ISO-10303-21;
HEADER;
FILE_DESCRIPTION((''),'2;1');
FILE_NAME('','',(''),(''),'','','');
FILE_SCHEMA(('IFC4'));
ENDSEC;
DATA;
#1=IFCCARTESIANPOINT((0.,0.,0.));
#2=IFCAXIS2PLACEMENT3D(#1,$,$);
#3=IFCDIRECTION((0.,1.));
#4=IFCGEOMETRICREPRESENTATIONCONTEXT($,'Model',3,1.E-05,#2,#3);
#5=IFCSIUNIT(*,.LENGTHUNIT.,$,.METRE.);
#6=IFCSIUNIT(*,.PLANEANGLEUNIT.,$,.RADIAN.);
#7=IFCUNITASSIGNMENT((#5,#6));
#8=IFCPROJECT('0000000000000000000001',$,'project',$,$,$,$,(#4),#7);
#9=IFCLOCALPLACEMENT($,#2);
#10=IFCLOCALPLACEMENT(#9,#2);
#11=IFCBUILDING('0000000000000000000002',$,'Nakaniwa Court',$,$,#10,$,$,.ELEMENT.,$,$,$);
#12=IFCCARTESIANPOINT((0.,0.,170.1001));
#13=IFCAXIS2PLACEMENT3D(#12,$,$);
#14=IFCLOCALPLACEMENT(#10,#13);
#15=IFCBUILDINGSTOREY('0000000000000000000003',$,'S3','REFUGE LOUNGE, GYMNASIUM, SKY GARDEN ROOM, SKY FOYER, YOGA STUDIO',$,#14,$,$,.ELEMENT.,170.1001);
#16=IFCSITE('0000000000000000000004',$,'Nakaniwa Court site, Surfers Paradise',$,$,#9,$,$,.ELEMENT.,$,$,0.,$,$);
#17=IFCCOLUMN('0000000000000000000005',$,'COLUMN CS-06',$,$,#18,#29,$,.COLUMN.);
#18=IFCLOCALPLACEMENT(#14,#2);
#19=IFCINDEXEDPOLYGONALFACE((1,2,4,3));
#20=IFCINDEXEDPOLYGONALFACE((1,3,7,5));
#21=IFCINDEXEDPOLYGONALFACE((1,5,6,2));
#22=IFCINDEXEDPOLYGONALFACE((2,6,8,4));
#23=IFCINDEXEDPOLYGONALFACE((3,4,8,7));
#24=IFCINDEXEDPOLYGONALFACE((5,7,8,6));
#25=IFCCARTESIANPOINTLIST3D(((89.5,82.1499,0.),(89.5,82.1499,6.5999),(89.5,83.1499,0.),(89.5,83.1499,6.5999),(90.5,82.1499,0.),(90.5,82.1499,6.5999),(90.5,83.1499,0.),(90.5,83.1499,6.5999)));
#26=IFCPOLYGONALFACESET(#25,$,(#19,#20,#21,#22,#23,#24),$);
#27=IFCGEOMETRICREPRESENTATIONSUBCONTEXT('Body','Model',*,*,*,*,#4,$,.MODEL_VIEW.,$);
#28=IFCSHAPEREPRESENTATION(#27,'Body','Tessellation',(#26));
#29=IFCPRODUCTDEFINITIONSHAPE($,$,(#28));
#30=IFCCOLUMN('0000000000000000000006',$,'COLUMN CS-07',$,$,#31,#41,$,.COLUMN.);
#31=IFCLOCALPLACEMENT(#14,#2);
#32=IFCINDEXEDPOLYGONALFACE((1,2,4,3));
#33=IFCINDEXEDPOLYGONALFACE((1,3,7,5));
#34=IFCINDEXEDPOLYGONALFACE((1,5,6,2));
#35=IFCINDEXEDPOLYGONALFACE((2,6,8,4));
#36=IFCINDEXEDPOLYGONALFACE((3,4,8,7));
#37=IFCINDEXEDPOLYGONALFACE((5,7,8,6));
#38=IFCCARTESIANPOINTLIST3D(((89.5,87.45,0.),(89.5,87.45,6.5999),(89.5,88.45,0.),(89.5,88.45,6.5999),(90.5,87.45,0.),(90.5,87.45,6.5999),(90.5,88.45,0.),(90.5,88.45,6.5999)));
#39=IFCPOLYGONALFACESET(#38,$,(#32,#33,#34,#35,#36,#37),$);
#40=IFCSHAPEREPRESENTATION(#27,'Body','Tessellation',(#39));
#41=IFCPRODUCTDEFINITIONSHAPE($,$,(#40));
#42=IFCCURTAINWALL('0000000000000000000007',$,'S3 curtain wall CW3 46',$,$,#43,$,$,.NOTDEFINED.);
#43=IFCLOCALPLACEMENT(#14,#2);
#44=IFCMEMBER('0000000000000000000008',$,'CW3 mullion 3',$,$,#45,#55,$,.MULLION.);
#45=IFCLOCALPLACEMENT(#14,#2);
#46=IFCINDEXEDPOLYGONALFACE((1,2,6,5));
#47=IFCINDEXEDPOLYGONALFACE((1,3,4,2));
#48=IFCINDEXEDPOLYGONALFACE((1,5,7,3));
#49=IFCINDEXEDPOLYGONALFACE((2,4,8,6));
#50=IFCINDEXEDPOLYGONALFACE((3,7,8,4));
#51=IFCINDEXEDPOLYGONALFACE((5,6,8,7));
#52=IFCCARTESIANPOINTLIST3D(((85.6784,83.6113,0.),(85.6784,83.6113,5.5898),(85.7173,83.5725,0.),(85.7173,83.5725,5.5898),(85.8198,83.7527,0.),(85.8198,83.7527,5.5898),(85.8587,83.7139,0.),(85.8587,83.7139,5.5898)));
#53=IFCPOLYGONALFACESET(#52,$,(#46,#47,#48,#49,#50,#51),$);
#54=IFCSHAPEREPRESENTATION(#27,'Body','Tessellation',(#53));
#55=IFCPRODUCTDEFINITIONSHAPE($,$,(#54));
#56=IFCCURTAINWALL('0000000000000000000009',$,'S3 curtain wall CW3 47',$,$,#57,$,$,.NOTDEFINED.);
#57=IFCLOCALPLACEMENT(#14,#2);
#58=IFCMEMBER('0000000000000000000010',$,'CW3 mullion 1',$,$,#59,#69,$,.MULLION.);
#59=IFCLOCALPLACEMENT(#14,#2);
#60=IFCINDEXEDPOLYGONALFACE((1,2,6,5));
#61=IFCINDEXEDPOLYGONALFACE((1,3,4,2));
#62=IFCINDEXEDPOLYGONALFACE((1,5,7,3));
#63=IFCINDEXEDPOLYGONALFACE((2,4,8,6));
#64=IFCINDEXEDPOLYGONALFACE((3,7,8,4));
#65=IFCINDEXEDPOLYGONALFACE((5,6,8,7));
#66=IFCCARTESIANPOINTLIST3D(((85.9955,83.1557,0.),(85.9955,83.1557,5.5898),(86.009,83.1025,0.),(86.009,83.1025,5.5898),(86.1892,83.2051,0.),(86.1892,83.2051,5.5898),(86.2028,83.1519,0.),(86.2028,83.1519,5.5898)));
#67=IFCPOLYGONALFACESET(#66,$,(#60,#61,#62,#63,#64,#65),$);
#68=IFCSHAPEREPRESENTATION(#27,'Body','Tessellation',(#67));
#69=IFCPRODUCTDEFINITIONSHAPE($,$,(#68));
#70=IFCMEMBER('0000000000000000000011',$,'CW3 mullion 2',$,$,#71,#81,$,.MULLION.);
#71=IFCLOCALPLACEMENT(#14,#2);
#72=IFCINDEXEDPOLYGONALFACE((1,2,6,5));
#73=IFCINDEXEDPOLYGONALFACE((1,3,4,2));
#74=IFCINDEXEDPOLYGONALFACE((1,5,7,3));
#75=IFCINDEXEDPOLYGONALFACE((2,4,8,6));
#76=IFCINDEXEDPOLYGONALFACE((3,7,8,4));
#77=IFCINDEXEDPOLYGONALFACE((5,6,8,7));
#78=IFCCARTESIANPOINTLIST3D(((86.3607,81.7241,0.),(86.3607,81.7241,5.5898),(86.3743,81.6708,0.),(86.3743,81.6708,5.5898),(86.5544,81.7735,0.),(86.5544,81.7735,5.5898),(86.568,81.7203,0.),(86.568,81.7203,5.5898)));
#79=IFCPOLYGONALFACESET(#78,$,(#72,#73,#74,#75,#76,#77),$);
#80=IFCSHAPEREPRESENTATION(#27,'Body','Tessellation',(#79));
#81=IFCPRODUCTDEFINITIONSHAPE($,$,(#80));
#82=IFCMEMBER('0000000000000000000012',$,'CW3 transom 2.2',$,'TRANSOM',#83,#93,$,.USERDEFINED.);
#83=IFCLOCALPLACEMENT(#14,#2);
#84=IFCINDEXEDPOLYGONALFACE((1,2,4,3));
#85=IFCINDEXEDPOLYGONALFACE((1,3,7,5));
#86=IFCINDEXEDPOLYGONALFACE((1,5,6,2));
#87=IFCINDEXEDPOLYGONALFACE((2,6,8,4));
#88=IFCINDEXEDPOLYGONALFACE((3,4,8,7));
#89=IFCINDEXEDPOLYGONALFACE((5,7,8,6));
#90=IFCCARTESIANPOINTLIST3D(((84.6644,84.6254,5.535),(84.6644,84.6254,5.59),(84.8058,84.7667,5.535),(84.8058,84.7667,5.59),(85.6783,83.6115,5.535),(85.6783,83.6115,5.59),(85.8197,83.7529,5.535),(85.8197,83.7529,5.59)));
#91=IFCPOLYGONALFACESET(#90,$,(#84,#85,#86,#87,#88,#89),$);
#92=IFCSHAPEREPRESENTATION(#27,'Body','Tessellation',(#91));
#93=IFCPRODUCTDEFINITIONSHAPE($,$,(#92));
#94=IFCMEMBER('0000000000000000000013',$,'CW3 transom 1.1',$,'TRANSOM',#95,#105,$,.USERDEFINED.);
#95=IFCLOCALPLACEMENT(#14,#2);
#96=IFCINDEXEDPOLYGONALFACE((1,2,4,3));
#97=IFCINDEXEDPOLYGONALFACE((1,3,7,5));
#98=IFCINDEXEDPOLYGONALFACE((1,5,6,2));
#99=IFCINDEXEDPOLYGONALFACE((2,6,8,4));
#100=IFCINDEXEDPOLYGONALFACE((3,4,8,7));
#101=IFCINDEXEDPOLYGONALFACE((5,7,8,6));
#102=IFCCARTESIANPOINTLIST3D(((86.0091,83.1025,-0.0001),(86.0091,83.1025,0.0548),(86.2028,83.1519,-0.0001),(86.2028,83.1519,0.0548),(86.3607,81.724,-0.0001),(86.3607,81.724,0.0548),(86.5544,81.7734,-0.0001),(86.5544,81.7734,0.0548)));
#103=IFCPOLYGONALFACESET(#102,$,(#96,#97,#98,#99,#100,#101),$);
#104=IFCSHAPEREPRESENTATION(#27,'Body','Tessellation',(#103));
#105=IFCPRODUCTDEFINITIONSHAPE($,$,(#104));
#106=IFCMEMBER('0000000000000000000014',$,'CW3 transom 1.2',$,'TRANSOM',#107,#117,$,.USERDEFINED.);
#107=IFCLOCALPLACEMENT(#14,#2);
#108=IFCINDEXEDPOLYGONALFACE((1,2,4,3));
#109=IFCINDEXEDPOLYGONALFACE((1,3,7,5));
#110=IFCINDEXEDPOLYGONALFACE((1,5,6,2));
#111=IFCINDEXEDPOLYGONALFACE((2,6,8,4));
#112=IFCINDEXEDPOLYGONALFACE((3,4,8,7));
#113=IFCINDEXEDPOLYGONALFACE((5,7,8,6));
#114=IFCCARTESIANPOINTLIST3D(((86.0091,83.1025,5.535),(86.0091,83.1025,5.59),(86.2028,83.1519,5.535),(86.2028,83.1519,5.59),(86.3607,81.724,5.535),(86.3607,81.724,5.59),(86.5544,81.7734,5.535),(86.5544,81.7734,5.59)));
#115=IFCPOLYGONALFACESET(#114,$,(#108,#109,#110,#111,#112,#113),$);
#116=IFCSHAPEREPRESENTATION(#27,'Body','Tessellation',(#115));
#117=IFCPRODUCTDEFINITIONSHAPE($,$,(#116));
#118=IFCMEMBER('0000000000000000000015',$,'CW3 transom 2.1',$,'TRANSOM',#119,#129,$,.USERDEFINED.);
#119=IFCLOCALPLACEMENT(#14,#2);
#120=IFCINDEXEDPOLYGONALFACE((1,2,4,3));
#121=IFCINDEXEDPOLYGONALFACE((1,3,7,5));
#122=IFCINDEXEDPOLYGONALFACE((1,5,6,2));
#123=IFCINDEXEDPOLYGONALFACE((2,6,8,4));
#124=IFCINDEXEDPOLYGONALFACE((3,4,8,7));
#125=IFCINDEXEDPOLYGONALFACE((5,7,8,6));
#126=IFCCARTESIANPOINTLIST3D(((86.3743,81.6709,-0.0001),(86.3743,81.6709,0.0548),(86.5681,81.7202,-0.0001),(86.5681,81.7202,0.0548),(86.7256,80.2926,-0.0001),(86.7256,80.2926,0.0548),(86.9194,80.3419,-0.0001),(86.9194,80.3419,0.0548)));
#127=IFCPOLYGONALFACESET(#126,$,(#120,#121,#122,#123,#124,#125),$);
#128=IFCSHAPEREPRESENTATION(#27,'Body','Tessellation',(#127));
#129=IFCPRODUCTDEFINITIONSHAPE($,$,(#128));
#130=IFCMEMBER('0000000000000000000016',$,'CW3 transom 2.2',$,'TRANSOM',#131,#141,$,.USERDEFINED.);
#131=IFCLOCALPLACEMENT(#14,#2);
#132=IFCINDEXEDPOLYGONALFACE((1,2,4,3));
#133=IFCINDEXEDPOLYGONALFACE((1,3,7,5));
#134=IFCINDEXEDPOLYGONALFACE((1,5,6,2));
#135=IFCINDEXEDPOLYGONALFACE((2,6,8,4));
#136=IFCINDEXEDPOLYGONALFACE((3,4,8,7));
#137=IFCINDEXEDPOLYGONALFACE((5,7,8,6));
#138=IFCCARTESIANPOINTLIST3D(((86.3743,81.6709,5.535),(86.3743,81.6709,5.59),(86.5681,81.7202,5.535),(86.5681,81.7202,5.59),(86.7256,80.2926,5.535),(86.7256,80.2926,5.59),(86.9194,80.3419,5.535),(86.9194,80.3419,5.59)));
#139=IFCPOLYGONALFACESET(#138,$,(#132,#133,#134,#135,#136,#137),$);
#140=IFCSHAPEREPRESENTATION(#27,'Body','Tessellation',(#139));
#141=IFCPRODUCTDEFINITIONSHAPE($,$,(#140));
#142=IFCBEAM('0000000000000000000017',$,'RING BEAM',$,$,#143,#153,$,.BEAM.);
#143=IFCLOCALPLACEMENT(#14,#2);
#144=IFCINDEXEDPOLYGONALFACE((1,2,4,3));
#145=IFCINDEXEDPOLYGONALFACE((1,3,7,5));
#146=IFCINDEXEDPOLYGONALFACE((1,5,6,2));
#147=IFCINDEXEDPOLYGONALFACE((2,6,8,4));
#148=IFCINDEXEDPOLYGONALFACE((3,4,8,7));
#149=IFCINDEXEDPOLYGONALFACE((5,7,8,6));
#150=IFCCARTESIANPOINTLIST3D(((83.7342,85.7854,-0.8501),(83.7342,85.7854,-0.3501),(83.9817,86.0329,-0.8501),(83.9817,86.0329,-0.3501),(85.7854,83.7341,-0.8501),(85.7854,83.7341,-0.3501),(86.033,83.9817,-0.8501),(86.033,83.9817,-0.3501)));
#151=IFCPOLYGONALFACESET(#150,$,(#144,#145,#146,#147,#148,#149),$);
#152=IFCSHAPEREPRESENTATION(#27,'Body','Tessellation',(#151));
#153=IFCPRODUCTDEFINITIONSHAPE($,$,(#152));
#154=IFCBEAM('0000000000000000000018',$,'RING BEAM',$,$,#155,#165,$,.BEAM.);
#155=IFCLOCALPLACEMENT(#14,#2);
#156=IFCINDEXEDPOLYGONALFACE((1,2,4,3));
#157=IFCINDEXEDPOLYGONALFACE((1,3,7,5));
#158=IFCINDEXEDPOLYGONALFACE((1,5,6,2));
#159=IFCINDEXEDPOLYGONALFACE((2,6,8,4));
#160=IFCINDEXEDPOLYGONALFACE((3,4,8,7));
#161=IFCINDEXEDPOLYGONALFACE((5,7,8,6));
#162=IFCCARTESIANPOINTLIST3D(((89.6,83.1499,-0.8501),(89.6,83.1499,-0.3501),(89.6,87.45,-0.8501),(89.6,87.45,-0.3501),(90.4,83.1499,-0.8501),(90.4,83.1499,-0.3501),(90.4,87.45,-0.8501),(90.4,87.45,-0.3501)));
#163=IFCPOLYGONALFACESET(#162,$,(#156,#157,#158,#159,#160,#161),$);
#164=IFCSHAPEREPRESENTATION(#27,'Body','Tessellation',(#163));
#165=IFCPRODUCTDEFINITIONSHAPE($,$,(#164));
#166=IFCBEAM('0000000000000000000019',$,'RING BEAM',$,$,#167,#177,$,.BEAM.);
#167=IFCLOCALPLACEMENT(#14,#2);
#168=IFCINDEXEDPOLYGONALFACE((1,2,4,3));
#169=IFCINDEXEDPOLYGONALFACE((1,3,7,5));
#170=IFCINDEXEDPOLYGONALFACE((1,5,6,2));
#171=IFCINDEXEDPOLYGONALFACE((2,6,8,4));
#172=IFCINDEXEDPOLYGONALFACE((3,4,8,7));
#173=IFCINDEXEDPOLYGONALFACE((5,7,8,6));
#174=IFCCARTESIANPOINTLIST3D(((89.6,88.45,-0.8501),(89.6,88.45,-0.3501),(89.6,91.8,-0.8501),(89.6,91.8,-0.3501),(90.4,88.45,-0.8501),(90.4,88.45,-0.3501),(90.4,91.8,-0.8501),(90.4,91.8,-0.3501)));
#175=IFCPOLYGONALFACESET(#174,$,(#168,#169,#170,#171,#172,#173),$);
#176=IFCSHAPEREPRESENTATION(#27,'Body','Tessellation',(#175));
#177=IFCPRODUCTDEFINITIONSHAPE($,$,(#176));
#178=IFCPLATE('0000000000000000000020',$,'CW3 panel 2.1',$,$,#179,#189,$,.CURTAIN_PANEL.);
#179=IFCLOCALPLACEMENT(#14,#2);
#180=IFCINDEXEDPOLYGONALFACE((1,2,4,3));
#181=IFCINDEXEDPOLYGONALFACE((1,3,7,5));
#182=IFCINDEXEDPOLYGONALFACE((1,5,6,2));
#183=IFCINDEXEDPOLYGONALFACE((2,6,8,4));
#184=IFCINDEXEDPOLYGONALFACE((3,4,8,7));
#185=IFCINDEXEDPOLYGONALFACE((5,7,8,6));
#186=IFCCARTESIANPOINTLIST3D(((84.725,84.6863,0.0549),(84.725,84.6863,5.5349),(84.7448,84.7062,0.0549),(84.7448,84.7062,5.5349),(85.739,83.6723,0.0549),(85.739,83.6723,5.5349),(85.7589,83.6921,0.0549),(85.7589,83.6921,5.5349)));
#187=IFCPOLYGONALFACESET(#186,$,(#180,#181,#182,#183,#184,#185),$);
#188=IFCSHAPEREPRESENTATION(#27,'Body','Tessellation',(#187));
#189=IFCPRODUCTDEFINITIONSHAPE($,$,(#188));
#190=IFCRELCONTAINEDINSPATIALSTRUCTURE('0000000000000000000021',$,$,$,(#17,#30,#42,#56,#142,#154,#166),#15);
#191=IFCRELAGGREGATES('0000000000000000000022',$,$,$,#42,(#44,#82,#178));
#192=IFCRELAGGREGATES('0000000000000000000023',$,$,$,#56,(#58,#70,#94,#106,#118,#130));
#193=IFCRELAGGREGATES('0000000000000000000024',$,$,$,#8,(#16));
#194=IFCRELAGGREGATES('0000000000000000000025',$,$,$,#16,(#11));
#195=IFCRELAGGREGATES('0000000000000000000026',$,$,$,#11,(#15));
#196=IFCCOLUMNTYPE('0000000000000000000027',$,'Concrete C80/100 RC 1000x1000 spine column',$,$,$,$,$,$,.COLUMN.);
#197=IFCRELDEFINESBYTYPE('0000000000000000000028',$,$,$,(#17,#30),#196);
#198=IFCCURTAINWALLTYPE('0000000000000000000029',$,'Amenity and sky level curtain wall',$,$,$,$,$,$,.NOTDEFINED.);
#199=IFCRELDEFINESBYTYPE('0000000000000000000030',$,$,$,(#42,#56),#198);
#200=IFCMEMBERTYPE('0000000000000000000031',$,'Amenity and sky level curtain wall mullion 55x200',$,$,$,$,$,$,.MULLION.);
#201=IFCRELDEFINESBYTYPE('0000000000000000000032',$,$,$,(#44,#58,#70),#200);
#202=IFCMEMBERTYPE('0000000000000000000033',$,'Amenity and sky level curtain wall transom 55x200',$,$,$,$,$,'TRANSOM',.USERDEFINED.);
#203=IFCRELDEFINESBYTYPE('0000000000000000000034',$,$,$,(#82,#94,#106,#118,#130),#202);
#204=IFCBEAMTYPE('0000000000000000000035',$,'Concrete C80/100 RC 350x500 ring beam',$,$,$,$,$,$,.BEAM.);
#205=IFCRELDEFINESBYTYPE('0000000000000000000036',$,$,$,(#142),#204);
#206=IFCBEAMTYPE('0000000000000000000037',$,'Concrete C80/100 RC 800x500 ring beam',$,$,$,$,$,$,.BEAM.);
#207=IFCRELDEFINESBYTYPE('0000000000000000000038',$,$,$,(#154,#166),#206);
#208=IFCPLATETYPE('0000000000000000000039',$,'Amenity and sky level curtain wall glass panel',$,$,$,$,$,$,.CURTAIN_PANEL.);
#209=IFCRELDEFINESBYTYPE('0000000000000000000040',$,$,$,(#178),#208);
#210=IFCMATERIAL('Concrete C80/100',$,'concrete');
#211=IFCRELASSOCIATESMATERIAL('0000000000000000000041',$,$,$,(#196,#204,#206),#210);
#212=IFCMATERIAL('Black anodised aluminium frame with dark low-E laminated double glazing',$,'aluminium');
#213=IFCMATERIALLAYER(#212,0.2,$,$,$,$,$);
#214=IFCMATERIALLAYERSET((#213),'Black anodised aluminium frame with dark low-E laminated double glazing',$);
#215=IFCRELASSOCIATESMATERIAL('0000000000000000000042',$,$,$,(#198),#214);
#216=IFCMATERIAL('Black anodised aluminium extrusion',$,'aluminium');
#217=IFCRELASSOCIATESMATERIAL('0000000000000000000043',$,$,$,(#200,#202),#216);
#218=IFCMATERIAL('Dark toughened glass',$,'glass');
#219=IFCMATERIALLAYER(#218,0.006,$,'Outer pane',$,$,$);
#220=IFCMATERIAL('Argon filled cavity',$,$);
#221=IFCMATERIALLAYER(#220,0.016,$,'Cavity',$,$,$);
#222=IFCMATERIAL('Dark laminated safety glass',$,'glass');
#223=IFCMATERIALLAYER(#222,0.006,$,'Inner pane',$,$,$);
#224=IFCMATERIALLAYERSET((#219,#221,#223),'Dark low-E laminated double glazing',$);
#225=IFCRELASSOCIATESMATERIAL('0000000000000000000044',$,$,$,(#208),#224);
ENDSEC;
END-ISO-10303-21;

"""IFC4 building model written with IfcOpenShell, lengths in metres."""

from ifc_helpers import new_model, si_unit, direction, frame, origin, origin_2d, place, context, subcontext, project, spatial, rectangle, extrude, material, layer, layer_set, material_profile, profile_set, type_object, element, aggregate, save


model = new_model("IFC4")

# Units and contexts
model_context = context("Model", 3, precision=1e-05, world=origin(), true_north=direction((0.0, 1.0)))
body_context = subcontext(model_context, "Body", "Model", "MODEL_VIEW")
ifc_project = project(units=[si_unit("LENGTHUNIT", "METRE"), si_unit("PLANEANGLEUNIT", "RADIAN")], contexts=[model_context])

# Site, building, storey
site_placement = place(None, origin())
site = spatial("IfcSite", under=ifc_project, at=site_placement, Name="Nakaniwa Court site, Surfers Paradise", CompositionType="ELEMENT", RefElevation=0.0)
building_placement = place(site_placement, origin())
building = spatial("IfcBuilding", under=site, at=building_placement, Name="Nakaniwa Court", CompositionType="ELEMENT")
storey_placement = place(building_placement, frame((0.0, 0.0, 170.1001)))
storey = spatial("IfcBuildingStorey", under=building, at=storey_placement, Name="S3", Description="REFUGE LOUNGE, GYMNASIUM, SKY GARDEN ROOM, SKY FOYER, YOGA STUDIO", CompositionType="ELEMENT", Elevation=170.1001)

# Columns
ifc_material_1 = material(Name="Concrete C80/100", Category="concrete")
ifc_material_profile_1 = material_profile(ifc_material_1, rectangle(XDim=1.0, YDim=1.0, at=origin_2d()), Name="Concrete C80/100 RC 1000x1000 spine column")
ifc_profile_set_1 = profile_set([ifc_material_profile_1], Name="Concrete C80/100")
column_type_1 = type_object("IfcColumnType", Name="Concrete C80/100 RC 1000x1000 spine column", PredefinedType="COLUMN", material=ifc_profile_set_1)
for number, where, z_axis, x_axis, name in (
    (1, (90.0, 82.6499, 0.0), (0.0, 0.0, 1.0), (0.0, 1.0, 0.0), "COLUMN CS-06"),
    (2, (90.0, 87.95, 0.0), (0.0, 0.0, 1.0), (0.0, 1.0, 0.0), "COLUMN CS-07"),
):
    element("IfcColumn", number, at=place(storey_placement, frame(where, z_axis=z_axis, x_axis=x_axis)), inside=storey, type_object=column_type_1, Name=name, PredefinedType="COLUMN", context=body_context, shape_type="SweptSolid", body=[
        extrude(rectangle(XDim=1.0, YDim=1.0, at=origin_2d()), origin(), (0.0, 0.0, 1.0), 6.5999),
    ])

# Curtain wall, member
ifc_material_2 = material(Name="Black anodised aluminium frame with dark low-E laminated double glazing", Category="aluminium")
ifc_layer_1 = layer(ifc_material_2, 0.2)
ifc_layer_set_1 = layer_set([ifc_layer_1], Name="Black anodised aluminium frame with dark low-E laminated double glazing")
curtain_wall_type = type_object("IfcCurtainWallType", Name="Amenity and sky level curtain wall", PredefinedType="NOTDEFINED", material=ifc_layer_set_1)
curtain_wall_1_placement = place(storey_placement, origin())
curtain_wall_1 = element("IfcCurtainWall", 3, at=curtain_wall_1_placement, inside=storey, type_object=curtain_wall_type, Name="S3 curtain wall CW3 46", PredefinedType="NOTDEFINED")
ifc_material_3 = material(Name="Black anodised aluminium extrusion", Category="aluminium")
ifc_material_profile_2 = material_profile(ifc_material_3, rectangle(XDim=0.2, YDim=0.0549, at=origin_2d()), Name="Amenity and sky level curtain wall mullion 55x200")
ifc_profile_set_2 = profile_set([ifc_material_profile_2], Name="Black anodised aluminium extrusion")
member_type_1 = type_object("IfcMemberType", Name="Amenity and sky level curtain wall mullion 55x200", PredefinedType="MULLION", material=ifc_profile_set_2)
member_1_placement = place(storey_placement, frame((85.7686, 83.6626, 0.0), z_axis=(0.0, 0.0, 1.0), x_axis=(0.707107, 0.707107, 0.0)))
member_1 = element("IfcMember", 4, at=member_1_placement, type_object=member_type_1, Name="CW3 mullion 3", PredefinedType="MULLION", context=body_context, shape_type="SweptSolid", body=[
    extrude(rectangle(XDim=0.2, YDim=0.0549, at=origin_2d()), origin(), (0.0, 0.0, 1.0), 5.5898),
])

# Curtain wall, members
curtain_wall_2_placement = place(storey_placement, origin())
curtain_wall_2 = element("IfcCurtainWall", 5, at=curtain_wall_2_placement, inside=storey, type_object=curtain_wall_type, Name="S3 curtain wall CW3 47", PredefinedType="NOTDEFINED")
member_2_placement = place(storey_placement, frame((86.0991, 83.1538, 0.0), z_axis=(0.0, 0.0, 1.0), x_axis=(0.968986, 0.247114, 0.0)))
member_2 = element("IfcMember", 6, at=member_2_placement, type_object=member_type_1, Name="CW3 mullion 1", PredefinedType="MULLION", context=body_context, shape_type="SweptSolid", body=[
    extrude(rectangle(XDim=0.2, YDim=0.0549, at=origin_2d()), origin(), (0.0, 0.0, 1.0), 5.5898),
])
member_3_placement = place(storey_placement, frame((86.4644, 81.7222, 0.0), z_axis=(0.0, 0.0, 1.0), x_axis=(0.968986, 0.247114, 0.0)))
member_3 = element("IfcMember", 7, at=member_3_placement, type_object=member_type_1, Name="CW3 mullion 2", PredefinedType="MULLION", context=body_context, shape_type="SweptSolid", body=[
    extrude(rectangle(XDim=0.2, YDim=0.0549, at=origin_2d()), origin(), (0.0, 0.0, 1.0), 5.5898),
])

# Members
ifc_material_profile_3 = material_profile(ifc_material_3, rectangle(XDim=0.2, YDim=0.0549, at=origin_2d()), Name="Amenity and sky level curtain wall transom 55x200")
ifc_profile_set_3 = profile_set([ifc_material_profile_3], Name="Black anodised aluminium extrusion")
member_type_2 = type_object("IfcMemberType", Name="Amenity and sky level curtain wall transom 55x200", ElementType="TRANSOM", PredefinedType="USERDEFINED", material=ifc_profile_set_3)
member_4_placement = place(storey_placement, frame((84.7351, 84.696, 5.5625), z_axis=(0.707107, -0.707107, 0.0), x_axis=(0.707107, 0.707107, 0.0)))
member_4 = element("IfcMember", 8, at=member_4_placement, type_object=member_type_2, Name="CW3 transom 2.2", ObjectType="TRANSOM", PredefinedType="USERDEFINED", context=body_context, shape_type="SweptSolid", body=[
    extrude(rectangle(XDim=0.2, YDim=0.0549, at=origin_2d()), origin(), (0.0, 0.0, 1.0), 1.4338),
])
member_5_placement = place(storey_placement, frame((86.106, 83.1272, 0.0273), z_axis=(0.247136, -0.968981, 0.0), x_axis=(0.968981, 0.247136, 0.0)))
member_5 = element("IfcMember", 9, at=member_5_placement, type_object=member_type_2, Name="CW3 transom 1.1", ObjectType="TRANSOM", PredefinedType="USERDEFINED", context=body_context, shape_type="SweptSolid", body=[
    extrude(rectangle(XDim=0.2, YDim=0.0549, at=origin_2d()), origin(), (0.0, 0.0, 1.0), 1.4226),
])
member_6_placement = place(storey_placement, frame((86.106, 83.1272, 5.5625), z_axis=(0.247136, -0.968981, 0.0), x_axis=(0.968981, 0.247136, 0.0)))
member_6 = element("IfcMember", 10, at=member_6_placement, type_object=member_type_2, Name="CW3 transom 1.2", ObjectType="TRANSOM", PredefinedType="USERDEFINED", context=body_context, shape_type="SweptSolid", body=[
    extrude(rectangle(XDim=0.2, YDim=0.0549, at=origin_2d()), origin(), (0.0, 0.0, 1.0), 1.4226),
])
member_7_placement = place(storey_placement, frame((86.4712, 81.6956, 0.0273), z_axis=(0.246975, -0.969022, 0.0), x_axis=(0.969022, 0.246975, 0.0)))
member_7 = element("IfcMember", 11, at=member_7_placement, type_object=member_type_2, Name="CW3 transom 2.1", ObjectType="TRANSOM", PredefinedType="USERDEFINED", context=body_context, shape_type="SweptSolid", body=[
    extrude(rectangle(XDim=0.2, YDim=0.0549, at=origin_2d()), origin(), (0.0, 0.0, 1.0), 1.4224),
])
member_8_placement = place(storey_placement, frame((86.4712, 81.6956, 5.5625), z_axis=(0.246975, -0.969022, 0.0), x_axis=(0.969022, 0.246975, 0.0)))
member_8 = element("IfcMember", 12, at=member_8_placement, type_object=member_type_2, Name="CW3 transom 2.2", ObjectType="TRANSOM", PredefinedType="USERDEFINED", context=body_context, shape_type="SweptSolid", body=[
    extrude(rectangle(XDim=0.2, YDim=0.0549, at=origin_2d()), origin(), (0.0, 0.0, 1.0), 1.4224),
])

# Beams
ifc_material_profile_4 = material_profile(ifc_material_1, rectangle(XDim=0.3501, YDim=0.5, at=origin_2d()), Name="Concrete C80/100 RC 350x500 ring beam")
ifc_profile_set_4 = profile_set([ifc_material_profile_4], Name="Concrete C80/100")
beam_type_1 = type_object("IfcBeamType", Name="Concrete C80/100 RC 350x500 ring beam", PredefinedType="BEAM", material=ifc_profile_set_4)
beam_1_placement = place(storey_placement, frame((85.9092, 83.8579, -0.6001), z_axis=(-0.707107, 0.707107, 0.0), x_axis=(-0.707107, -0.707107, 0.0)))
element("IfcBeam", 13, at=beam_1_placement, inside=storey, type_object=beam_type_1, Name="RING BEAM", PredefinedType="BEAM", context=body_context, shape_type="SweptSolid", body=[
    extrude(rectangle(XDim=0.3501, YDim=0.5, at=origin_2d()), origin(), (0.0, 0.0, 1.0), 2.9009),
])
ifc_material_profile_5 = material_profile(ifc_material_1, rectangle(XDim=0.8, YDim=0.5, at=origin_2d()), Name="Concrete C80/100 RC 800x500 ring beam")
ifc_profile_set_5 = profile_set([ifc_material_profile_5], Name="Concrete C80/100")
beam_type_2 = type_object("IfcBeamType", Name="Concrete C80/100 RC 800x500 ring beam", PredefinedType="BEAM", material=ifc_profile_set_5)
beam_2_placement = place(storey_placement, frame((90.0, 83.1499, -0.6001), z_axis=(0.0, 1.0, 0.0), x_axis=(-1.0, 0.0, 0.0)))
element("IfcBeam", 14, at=beam_2_placement, inside=storey, type_object=beam_type_2, Name="RING BEAM", PredefinedType="BEAM", context=body_context, shape_type="SweptSolid", body=[
    extrude(rectangle(XDim=0.8, YDim=0.5, at=origin_2d()), origin(), (0.0, 0.0, 1.0), 4.3),
])
beam_3_placement = place(storey_placement, frame((90.0, 88.45, -0.6001), z_axis=(0.0, 1.0, 0.0), x_axis=(-1.0, 0.0, 0.0)))
element("IfcBeam", 15, at=beam_3_placement, inside=storey, type_object=beam_type_2, Name="RING BEAM", PredefinedType="BEAM", context=body_context, shape_type="SweptSolid", body=[
    extrude(rectangle(XDim=0.8, YDim=0.5, at=origin_2d()), origin(), (0.0, 0.0, 1.0), 3.3501),
])

# Plate
ifc_material_4 = material(Name="Dark toughened glass", Category="glass")
ifc_layer_2 = layer(ifc_material_4, 0.006, Name="Outer pane")
ifc_material_5 = material(Name="Argon filled cavity")
ifc_layer_3 = layer(ifc_material_5, 0.016, Name="Cavity")
ifc_material_6 = material(Name="Dark laminated safety glass", Category="glass")
ifc_layer_4 = layer(ifc_material_6, 0.006, Name="Inner pane")
ifc_layer_set_2 = layer_set([ifc_layer_2, ifc_layer_3, ifc_layer_4], Name="Dark low-E laminated double glazing")
plate_type = type_object("IfcPlateType", Name="Amenity and sky level curtain wall glass panel", PredefinedType="CURTAIN_PANEL", material=ifc_layer_set_2)
plate_1_placement = place(storey_placement, frame((85.2419, 84.1892, 0.0549), z_axis=(0.0, 0.0, 1.0), x_axis=(0.707107, -0.707107, 0.0)))
plate_1 = element("IfcPlate", 16, at=plate_1_placement, type_object=plate_type, Name="CW3 panel 2.1", PredefinedType="CURTAIN_PANEL", context=body_context, shape_type="SweptSolid", body=[
    extrude(rectangle(XDim=1.4341, YDim=0.0281, at=origin_2d()), origin(), (0.0, 0.0, 1.0), 5.48),
])
aggregate(curtain_wall_1, [member_1, member_4, plate_1])
aggregate(curtain_wall_2, [member_2, member_3, member_5, member_6, member_7, member_8])

save(model, "model.ifc")
